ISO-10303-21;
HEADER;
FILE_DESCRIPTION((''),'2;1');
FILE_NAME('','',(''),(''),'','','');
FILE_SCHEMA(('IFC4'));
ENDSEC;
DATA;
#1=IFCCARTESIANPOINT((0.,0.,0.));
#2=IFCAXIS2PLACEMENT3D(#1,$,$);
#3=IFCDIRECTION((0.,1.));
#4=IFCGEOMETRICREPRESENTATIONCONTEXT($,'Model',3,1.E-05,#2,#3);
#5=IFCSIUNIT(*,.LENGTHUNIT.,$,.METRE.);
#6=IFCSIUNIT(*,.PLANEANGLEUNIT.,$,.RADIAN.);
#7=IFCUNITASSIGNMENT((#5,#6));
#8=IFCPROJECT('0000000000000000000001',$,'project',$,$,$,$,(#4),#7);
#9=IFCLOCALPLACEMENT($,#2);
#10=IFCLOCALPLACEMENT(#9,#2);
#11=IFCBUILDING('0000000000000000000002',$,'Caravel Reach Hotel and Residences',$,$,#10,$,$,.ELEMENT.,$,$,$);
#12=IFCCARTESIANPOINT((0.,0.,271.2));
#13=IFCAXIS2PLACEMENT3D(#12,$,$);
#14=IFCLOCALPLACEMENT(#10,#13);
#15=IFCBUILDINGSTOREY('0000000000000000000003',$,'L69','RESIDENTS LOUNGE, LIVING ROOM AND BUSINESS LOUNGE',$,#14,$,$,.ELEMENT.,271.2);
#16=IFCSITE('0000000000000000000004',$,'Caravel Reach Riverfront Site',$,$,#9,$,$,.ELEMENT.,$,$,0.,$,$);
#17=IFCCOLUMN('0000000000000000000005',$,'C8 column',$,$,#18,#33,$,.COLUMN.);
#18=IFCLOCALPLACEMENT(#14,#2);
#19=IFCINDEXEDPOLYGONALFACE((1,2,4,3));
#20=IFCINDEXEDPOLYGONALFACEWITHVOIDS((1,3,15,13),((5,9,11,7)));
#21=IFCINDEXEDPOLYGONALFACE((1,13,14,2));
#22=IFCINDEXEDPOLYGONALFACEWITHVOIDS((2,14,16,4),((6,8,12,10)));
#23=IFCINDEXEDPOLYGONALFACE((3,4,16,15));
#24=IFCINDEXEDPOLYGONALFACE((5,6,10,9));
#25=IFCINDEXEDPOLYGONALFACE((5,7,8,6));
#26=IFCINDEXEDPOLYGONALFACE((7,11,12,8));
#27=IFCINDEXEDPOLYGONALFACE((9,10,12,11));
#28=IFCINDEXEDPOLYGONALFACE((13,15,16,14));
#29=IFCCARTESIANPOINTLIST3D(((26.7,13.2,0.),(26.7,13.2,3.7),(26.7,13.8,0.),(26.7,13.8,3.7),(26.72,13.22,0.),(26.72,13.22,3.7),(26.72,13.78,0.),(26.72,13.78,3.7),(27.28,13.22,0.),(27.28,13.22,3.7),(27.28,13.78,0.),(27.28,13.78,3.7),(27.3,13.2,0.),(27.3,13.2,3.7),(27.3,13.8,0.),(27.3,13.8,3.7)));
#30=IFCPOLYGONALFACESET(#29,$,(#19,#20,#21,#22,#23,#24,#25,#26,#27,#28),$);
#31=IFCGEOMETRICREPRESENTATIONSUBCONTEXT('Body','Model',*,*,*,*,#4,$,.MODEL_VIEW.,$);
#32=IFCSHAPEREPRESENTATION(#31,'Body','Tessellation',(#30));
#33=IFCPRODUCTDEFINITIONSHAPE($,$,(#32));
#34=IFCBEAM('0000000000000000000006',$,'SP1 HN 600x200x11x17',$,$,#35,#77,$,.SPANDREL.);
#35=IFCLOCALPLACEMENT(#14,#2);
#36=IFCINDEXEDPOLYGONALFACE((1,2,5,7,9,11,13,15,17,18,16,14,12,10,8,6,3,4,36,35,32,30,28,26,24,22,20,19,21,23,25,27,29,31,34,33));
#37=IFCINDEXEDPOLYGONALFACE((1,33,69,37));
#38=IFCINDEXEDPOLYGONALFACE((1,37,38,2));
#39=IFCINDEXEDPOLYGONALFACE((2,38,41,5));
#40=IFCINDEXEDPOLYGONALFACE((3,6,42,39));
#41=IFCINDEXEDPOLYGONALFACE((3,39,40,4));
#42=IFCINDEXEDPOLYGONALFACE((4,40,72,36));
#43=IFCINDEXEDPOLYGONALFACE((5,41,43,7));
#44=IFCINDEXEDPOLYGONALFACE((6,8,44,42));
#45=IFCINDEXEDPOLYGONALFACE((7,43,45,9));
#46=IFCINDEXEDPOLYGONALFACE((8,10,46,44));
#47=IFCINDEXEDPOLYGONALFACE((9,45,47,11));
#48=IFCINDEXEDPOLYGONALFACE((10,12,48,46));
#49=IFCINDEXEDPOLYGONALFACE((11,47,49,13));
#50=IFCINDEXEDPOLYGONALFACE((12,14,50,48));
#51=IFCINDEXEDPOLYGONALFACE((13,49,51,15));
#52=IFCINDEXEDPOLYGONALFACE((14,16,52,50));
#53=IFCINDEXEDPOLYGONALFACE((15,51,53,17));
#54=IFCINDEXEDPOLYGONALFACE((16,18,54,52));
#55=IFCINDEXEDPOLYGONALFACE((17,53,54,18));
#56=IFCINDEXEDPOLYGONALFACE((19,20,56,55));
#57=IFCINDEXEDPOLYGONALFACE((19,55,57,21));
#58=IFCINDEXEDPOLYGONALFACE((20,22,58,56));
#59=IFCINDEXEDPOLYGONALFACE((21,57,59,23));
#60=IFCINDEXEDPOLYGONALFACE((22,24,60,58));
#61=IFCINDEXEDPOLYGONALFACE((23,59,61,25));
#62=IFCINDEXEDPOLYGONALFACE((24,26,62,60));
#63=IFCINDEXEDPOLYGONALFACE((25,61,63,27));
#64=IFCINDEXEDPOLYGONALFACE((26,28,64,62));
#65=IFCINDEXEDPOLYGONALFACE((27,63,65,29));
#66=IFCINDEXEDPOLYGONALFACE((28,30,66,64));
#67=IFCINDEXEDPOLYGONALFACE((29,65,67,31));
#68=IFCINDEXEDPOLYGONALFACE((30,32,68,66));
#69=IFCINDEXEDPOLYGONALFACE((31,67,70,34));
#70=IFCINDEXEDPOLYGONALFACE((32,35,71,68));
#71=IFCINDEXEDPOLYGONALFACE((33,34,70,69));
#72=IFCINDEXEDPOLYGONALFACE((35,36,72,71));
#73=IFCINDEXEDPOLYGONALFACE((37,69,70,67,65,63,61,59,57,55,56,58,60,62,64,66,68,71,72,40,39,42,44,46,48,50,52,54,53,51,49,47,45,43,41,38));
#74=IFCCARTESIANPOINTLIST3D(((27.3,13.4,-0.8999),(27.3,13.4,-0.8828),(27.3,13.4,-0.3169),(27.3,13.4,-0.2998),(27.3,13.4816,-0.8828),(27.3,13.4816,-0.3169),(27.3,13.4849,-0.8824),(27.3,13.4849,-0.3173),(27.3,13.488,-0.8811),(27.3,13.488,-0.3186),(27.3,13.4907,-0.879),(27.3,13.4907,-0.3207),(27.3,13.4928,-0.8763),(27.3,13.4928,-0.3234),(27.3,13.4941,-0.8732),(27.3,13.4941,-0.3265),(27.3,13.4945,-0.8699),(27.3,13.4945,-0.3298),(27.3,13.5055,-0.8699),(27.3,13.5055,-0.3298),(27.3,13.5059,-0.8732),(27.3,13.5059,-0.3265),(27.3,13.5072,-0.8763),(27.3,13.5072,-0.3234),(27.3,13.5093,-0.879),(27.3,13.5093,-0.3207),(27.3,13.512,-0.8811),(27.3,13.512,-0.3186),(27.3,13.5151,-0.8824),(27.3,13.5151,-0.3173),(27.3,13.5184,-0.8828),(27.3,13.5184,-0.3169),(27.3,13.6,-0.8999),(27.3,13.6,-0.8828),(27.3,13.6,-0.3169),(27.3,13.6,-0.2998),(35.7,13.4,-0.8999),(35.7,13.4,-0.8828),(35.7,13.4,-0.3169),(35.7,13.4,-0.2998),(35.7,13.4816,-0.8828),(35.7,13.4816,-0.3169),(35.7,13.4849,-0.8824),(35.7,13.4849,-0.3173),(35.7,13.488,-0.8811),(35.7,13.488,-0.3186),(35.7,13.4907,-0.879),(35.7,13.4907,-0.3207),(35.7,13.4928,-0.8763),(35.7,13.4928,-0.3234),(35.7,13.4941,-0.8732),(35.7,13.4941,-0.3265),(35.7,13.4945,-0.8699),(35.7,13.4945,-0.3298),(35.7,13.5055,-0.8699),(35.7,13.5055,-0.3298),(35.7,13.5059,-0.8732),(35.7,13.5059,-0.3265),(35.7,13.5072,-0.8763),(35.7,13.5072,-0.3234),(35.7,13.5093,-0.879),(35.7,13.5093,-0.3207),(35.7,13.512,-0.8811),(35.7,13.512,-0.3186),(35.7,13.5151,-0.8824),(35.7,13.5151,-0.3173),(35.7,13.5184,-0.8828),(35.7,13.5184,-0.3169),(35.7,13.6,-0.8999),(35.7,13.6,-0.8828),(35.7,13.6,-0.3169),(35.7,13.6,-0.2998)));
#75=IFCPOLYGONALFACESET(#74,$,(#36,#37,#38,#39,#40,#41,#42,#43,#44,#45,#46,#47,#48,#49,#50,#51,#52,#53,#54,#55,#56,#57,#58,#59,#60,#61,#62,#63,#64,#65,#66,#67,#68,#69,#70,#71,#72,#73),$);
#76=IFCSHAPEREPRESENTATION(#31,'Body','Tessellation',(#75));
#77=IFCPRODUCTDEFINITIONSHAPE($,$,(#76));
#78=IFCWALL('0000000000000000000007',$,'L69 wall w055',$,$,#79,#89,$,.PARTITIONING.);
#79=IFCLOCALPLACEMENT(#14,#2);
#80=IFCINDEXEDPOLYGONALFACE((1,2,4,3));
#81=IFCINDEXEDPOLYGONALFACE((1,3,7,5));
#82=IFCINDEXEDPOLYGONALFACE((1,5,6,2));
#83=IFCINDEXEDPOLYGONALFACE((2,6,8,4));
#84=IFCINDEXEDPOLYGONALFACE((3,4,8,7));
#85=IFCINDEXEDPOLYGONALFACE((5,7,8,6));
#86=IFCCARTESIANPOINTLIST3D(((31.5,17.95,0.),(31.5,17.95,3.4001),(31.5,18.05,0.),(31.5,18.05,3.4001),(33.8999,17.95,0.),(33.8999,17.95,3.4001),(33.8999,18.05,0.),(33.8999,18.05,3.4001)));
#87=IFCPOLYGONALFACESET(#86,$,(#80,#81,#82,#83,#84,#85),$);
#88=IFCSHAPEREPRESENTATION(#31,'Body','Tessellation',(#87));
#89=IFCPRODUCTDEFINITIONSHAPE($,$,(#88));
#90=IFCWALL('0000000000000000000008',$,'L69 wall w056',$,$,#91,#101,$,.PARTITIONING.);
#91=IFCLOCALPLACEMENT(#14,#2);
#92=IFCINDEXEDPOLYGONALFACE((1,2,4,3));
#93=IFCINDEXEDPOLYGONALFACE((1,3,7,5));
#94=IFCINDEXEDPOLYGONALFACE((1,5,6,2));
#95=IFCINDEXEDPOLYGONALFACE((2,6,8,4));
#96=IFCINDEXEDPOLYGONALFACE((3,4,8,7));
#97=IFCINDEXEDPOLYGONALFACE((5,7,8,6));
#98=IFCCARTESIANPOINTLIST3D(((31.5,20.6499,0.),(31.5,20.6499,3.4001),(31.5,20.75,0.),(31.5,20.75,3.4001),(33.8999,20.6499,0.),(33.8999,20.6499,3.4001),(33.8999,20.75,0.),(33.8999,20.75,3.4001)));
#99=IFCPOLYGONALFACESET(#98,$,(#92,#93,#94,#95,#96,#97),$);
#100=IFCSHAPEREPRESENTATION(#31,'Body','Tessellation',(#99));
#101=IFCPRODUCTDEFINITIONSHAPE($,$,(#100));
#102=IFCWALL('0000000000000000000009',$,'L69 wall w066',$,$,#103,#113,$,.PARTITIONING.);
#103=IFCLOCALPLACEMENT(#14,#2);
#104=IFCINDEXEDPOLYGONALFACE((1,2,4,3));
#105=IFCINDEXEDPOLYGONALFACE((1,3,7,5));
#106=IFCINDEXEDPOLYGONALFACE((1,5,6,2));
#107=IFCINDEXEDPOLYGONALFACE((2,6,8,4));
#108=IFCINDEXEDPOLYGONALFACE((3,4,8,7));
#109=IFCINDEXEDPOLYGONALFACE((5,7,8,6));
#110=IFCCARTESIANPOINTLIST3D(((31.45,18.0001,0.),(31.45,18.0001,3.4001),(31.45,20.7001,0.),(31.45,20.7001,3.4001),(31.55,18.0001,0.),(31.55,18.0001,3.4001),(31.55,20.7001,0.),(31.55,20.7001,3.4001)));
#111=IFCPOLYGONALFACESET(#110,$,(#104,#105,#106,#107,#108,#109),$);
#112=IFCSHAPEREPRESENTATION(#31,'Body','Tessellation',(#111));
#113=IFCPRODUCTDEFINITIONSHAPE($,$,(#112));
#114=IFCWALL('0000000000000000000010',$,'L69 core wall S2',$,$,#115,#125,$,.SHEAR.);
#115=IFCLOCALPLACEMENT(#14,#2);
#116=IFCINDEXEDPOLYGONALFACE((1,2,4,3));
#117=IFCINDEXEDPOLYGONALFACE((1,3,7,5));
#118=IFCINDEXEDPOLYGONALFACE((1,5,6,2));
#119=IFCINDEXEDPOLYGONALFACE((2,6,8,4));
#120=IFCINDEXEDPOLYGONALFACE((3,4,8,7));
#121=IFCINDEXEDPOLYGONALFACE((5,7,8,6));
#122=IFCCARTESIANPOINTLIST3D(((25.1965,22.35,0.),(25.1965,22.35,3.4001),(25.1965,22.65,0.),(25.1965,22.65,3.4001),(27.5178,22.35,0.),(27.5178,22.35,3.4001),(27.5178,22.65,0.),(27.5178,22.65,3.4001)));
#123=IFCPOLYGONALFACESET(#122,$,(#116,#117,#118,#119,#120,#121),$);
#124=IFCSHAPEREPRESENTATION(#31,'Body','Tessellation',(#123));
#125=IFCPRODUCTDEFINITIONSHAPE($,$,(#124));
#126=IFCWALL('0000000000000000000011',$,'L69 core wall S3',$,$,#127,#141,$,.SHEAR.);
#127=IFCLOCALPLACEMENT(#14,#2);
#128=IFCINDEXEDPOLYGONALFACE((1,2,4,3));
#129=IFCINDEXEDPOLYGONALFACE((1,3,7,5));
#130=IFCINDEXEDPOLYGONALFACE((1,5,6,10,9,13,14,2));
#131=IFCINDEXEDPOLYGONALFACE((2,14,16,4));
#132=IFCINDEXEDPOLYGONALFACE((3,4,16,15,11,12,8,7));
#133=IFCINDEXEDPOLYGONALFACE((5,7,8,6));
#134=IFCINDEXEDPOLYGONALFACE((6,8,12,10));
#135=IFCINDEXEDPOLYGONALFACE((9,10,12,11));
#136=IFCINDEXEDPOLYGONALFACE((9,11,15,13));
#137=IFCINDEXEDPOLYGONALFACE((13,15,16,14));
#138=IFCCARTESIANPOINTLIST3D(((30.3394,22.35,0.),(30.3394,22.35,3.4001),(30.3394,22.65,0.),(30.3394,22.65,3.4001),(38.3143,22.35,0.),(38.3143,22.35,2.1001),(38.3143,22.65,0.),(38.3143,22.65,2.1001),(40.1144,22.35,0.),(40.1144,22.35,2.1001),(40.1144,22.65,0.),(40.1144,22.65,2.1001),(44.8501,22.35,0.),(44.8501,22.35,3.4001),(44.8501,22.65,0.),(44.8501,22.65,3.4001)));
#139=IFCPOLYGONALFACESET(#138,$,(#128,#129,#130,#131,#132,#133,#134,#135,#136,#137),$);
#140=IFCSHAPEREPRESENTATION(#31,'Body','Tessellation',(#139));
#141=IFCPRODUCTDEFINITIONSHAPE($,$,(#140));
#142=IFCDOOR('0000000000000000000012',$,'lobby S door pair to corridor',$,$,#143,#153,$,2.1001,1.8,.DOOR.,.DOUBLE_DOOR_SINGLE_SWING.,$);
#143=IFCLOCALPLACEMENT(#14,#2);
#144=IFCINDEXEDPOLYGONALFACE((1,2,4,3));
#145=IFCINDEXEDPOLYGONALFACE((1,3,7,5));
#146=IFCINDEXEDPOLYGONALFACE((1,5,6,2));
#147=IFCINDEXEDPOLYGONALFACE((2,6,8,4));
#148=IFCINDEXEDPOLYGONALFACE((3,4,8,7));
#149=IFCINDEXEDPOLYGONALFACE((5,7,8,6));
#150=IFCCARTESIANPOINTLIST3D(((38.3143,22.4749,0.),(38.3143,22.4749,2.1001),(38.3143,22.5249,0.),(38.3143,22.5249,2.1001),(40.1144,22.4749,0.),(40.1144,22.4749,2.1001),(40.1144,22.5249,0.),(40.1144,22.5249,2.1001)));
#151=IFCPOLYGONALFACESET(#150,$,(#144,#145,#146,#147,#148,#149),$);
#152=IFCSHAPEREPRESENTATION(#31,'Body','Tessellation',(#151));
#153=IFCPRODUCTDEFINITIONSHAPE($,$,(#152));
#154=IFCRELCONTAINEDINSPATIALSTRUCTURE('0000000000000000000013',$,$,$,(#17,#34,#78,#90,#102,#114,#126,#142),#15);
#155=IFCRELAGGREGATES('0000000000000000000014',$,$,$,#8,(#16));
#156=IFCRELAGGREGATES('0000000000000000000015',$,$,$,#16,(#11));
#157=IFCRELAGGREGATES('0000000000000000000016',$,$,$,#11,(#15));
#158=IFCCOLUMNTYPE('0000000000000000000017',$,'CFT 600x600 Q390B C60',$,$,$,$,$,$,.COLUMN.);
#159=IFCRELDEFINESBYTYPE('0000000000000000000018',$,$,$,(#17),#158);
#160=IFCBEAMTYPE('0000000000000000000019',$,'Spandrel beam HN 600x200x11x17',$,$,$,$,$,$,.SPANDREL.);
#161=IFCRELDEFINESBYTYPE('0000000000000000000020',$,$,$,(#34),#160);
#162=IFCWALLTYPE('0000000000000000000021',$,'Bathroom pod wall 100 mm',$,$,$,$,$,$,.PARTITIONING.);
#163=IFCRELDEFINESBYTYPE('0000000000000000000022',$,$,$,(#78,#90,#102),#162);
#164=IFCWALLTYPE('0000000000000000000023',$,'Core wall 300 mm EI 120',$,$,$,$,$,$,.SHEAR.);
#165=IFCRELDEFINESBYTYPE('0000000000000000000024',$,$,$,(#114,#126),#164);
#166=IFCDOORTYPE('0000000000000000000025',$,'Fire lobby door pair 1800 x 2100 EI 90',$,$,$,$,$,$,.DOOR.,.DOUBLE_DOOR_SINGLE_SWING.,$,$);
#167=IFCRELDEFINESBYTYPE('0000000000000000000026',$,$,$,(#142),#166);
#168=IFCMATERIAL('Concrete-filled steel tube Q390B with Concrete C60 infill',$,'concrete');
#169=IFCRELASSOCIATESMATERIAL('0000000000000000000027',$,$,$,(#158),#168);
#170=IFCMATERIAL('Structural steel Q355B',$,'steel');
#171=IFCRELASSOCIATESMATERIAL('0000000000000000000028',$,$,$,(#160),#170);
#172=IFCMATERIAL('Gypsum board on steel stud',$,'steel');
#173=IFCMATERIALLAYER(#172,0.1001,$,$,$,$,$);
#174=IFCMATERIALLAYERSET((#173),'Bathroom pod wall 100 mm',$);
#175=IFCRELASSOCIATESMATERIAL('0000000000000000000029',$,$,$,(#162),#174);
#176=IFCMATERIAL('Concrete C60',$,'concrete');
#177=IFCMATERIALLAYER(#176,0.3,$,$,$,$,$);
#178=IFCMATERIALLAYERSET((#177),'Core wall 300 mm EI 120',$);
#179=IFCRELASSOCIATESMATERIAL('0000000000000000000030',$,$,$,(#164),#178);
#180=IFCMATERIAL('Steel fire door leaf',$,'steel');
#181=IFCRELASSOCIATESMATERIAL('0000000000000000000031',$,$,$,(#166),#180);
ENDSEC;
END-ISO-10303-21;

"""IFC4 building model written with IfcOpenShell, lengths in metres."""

from ifc_helpers import new_model, si_unit, direction, frame, frame_2d, origin, origin_2d, place, context, subcontext, project, spatial, rectangle, hollow_rectangle, i_section, extrude, material, layer, layer_set, material_profile, profile_set, type_object, element, fill, save


model = new_model("IFC4")

# Units and contexts
model_context = context("Model", 3, precision=1e-05, world=origin(), true_north=direction((0.0, 1.0)))
body_context = subcontext(model_context, "Body", "Model", "MODEL_VIEW")
ifc_project = project(units=[si_unit("LENGTHUNIT", "METRE"), si_unit("PLANEANGLEUNIT", "RADIAN")], contexts=[model_context])

# Site, building, storey
site_placement = place(None, origin())
site = spatial("IfcSite", under=ifc_project, at=site_placement, Name="Caravel Reach Riverfront Site", CompositionType="ELEMENT", RefElevation=0.0)
building_placement = place(site_placement, origin())
building = spatial("IfcBuilding", under=site, at=building_placement, Name="Caravel Reach Hotel and Residences", CompositionType="ELEMENT")
storey_placement = place(building_placement, frame((0.0, 0.0, 271.2)))
storey = spatial("IfcBuildingStorey", under=building, at=storey_placement, Name="L69", Description="RESIDENTS LOUNGE, LIVING ROOM AND BUSINESS LOUNGE", CompositionType="ELEMENT", Elevation=271.2)

# Column
ifc_material_1 = material(Name="Concrete-filled steel tube Q390B with Concrete C60 infill", Category="concrete")
ifc_material_profile_1 = material_profile(ifc_material_1, hollow_rectangle(XDim=0.6001, YDim=0.6001, WallThickness=0.02, at=origin_2d()), Name="RHS 600x600x20")
ifc_profile_set_1 = profile_set([ifc_material_profile_1], Name="Concrete-filled steel tube Q390B with Concrete C60 infill")
column_type = type_object("IfcColumnType", Name="CFT 600x600 Q390B C60", PredefinedType="COLUMN", material=ifc_profile_set_1)
column_placement = place(storey_placement, frame((27.0, 13.5, 0.0), z_axis=(0.0, 0.0, 1.0), x_axis=(1.0, 0.0, 0.0)))
element("IfcColumn", 1, at=column_placement, inside=storey, type_object=column_type, Name="C8 column", PredefinedType="COLUMN", context=body_context, shape_type="SweptSolid", body=[
    extrude(hollow_rectangle(XDim=0.6001, YDim=0.6001, WallThickness=0.02, at=origin_2d()), origin(), (0.0, 0.0, 1.0), 3.7),
])

# Beam
ifc_material_2 = material(Name="Structural steel Q355B", Category="steel")
ifc_material_profile_2 = material_profile(ifc_material_2, i_section(OverallWidth=0.2, OverallDepth=0.6001, WebThickness=0.011, FlangeThickness=0.0171, FilletRadius=0.0129, at=origin_2d()), Name="HN 600x200x11x17")
ifc_profile_set_2 = profile_set([ifc_material_profile_2], Name="Structural steel Q355B")
beam_type = type_object("IfcBeamType", Name="Spandrel beam HN 600x200x11x17", PredefinedType="SPANDREL", material=ifc_profile_set_2)
beam_placement = place(storey_placement, frame((27.3, 13.5, -0.5999), z_axis=(1.0, 0.0, 0.0), x_axis=(0.0, 1.0, 0.0)))
element("IfcBeam", 2, at=beam_placement, inside=storey, type_object=beam_type, Name="SP1 HN 600x200x11x17", PredefinedType="SPANDREL", context=body_context, shape_type="SweptSolid", body=[
    extrude(i_section(OverallWidth=0.2, OverallDepth=0.6001, WebThickness=0.011, FlangeThickness=0.0171, FilletRadius=0.0129, at=origin_2d()), origin(), (0.0, 0.0, 1.0), 8.3999),
])

# Walls
ifc_material_3 = material(Name="Gypsum board on steel stud", Category="steel")
ifc_layer_1 = layer(ifc_material_3, 0.1001)
ifc_layer_set_1 = layer_set([ifc_layer_1], Name="Bathroom pod wall 100 mm")
wall_type_1 = type_object("IfcWallType", Name="Bathroom pod wall 100 mm", PredefinedType="PARTITIONING", material=ifc_layer_set_1)
for number, where, z_axis, x_axis, name in (
    (3, (31.5, 18.0, 0.0), (0.0, 0.0, 1.0), (1.0, 0.0, 0.0), "L69 wall w055"),
    (4, (31.5, 20.7, 0.0), (0.0, 0.0, 1.0), (1.0, 0.0, 0.0), "L69 wall w056"),
):
    element("IfcWall", number, at=place(storey_placement, frame(where, z_axis=z_axis, x_axis=x_axis)), inside=storey, type_object=wall_type_1, Name=name, PredefinedType="PARTITIONING", context=body_context, shape_type="SweptSolid", body=[
        extrude(rectangle(XDim=2.3999, YDim=0.1001, at=frame_2d((1.2, 0.0))), origin(), (0.0, 0.0, 1.0), 3.4001),
    ])
wall_1_placement = place(storey_placement, frame((31.5, 18.0, 0.0), z_axis=(0.0, 0.0, 1.0), x_axis=(0.0, 1.0, 0.0)))
element("IfcWall", 5, at=wall_1_placement, inside=storey, type_object=wall_type_1, Name="L69 wall w066", PredefinedType="PARTITIONING", context=body_context, shape_type="SweptSolid", body=[
    extrude(rectangle(XDim=2.7, YDim=0.1001, at=frame_2d((1.3501, 0.0))), origin(), (0.0, 0.0, 1.0), 3.4001),
])
ifc_material_4 = material(Name="Concrete C60", Category="concrete")
ifc_layer_2 = layer(ifc_material_4, 0.3)
ifc_layer_set_2 = layer_set([ifc_layer_2], Name="Core wall 300 mm EI 120")
wall_type_2 = type_object("IfcWallType", Name="Core wall 300 mm EI 120", PredefinedType="SHEAR", material=ifc_layer_set_2)
wall_2_placement = place(storey_placement, frame((25.1965, 22.5, 0.0), z_axis=(0.0, 0.0, 1.0), x_axis=(1.0, 0.0, 0.0)))
element("IfcWall", 6, at=wall_2_placement, inside=storey, type_object=wall_type_2, Name="L69 core wall S2", PredefinedType="SHEAR", context=body_context, shape_type="SweptSolid", body=[
    extrude(rectangle(XDim=2.3213, YDim=0.3, at=frame_2d((1.1606, 0.0))), origin(), (0.0, 0.0, 1.0), 3.4001),
])

# Wall, opening, door
wall_3_placement = place(storey_placement, frame((30.3394, 22.5, 0.0), z_axis=(0.0, 0.0, 1.0), x_axis=(1.0, 0.0, 0.0)))
wall_3 = element("IfcWall", 7, at=wall_3_placement, inside=storey, type_object=wall_type_2, Name="L69 core wall S3", PredefinedType="SHEAR", context=body_context, shape_type="SweptSolid", body=[
    extrude(rectangle(XDim=14.5107, YDim=0.3, at=frame_2d((7.2554, 0.0))), origin(), (0.0, 0.0, 1.0), 3.4001),
])
opening_1_placement = place(wall_3_placement, frame((7.9751, 0.0, 0.0)))
opening_1 = element("IfcOpeningElement", 8, at=opening_1_placement, cuts=wall_3, PredefinedType="OPENING", context=body_context, shape_type="SweptSolid", body=[
    extrude(rectangle(XDim=1.8, YDim=2.1001, at=frame_2d((0.8999, 1.05))), frame((0.0, 0.1599, 0.0), z_axis=(0.0, -1.0, 0.0), x_axis=(1.0, 0.0, 0.0)), (0.0, 0.0, 1.0), 0.3201),
])
ifc_material_5 = material(Name="Steel fire door leaf", Category="steel")
door_type = type_object("IfcDoorType", Name="Fire lobby door pair 1800 x 2100 EI 90", OperationType="DOUBLE_DOOR_SINGLE_SWING", PredefinedType="DOOR", material=ifc_material_5)
door_1_placement = place(opening_1_placement, origin())
door_1 = element("IfcDoor", 9, at=door_1_placement, inside=storey, type_object=door_type, Name="lobby S door pair to corridor", OperationType="DOUBLE_DOOR_SINGLE_SWING", OverallHeight=2.1001, OverallWidth=1.8, PredefinedType="DOOR", context=body_context, shape_type="SweptSolid", body=[
    extrude(rectangle(XDim=1.8, YDim=2.1001, at=frame_2d((0.8999, 1.05))), frame((0.0, 0.0249, 0.0), z_axis=(0.0, -1.0, 0.0), x_axis=(1.0, 0.0, 0.0)), (0.0, 0.0, 1.0), 0.05),
])
fill(opening_1, door_1)

save(model, "model.ifc")
